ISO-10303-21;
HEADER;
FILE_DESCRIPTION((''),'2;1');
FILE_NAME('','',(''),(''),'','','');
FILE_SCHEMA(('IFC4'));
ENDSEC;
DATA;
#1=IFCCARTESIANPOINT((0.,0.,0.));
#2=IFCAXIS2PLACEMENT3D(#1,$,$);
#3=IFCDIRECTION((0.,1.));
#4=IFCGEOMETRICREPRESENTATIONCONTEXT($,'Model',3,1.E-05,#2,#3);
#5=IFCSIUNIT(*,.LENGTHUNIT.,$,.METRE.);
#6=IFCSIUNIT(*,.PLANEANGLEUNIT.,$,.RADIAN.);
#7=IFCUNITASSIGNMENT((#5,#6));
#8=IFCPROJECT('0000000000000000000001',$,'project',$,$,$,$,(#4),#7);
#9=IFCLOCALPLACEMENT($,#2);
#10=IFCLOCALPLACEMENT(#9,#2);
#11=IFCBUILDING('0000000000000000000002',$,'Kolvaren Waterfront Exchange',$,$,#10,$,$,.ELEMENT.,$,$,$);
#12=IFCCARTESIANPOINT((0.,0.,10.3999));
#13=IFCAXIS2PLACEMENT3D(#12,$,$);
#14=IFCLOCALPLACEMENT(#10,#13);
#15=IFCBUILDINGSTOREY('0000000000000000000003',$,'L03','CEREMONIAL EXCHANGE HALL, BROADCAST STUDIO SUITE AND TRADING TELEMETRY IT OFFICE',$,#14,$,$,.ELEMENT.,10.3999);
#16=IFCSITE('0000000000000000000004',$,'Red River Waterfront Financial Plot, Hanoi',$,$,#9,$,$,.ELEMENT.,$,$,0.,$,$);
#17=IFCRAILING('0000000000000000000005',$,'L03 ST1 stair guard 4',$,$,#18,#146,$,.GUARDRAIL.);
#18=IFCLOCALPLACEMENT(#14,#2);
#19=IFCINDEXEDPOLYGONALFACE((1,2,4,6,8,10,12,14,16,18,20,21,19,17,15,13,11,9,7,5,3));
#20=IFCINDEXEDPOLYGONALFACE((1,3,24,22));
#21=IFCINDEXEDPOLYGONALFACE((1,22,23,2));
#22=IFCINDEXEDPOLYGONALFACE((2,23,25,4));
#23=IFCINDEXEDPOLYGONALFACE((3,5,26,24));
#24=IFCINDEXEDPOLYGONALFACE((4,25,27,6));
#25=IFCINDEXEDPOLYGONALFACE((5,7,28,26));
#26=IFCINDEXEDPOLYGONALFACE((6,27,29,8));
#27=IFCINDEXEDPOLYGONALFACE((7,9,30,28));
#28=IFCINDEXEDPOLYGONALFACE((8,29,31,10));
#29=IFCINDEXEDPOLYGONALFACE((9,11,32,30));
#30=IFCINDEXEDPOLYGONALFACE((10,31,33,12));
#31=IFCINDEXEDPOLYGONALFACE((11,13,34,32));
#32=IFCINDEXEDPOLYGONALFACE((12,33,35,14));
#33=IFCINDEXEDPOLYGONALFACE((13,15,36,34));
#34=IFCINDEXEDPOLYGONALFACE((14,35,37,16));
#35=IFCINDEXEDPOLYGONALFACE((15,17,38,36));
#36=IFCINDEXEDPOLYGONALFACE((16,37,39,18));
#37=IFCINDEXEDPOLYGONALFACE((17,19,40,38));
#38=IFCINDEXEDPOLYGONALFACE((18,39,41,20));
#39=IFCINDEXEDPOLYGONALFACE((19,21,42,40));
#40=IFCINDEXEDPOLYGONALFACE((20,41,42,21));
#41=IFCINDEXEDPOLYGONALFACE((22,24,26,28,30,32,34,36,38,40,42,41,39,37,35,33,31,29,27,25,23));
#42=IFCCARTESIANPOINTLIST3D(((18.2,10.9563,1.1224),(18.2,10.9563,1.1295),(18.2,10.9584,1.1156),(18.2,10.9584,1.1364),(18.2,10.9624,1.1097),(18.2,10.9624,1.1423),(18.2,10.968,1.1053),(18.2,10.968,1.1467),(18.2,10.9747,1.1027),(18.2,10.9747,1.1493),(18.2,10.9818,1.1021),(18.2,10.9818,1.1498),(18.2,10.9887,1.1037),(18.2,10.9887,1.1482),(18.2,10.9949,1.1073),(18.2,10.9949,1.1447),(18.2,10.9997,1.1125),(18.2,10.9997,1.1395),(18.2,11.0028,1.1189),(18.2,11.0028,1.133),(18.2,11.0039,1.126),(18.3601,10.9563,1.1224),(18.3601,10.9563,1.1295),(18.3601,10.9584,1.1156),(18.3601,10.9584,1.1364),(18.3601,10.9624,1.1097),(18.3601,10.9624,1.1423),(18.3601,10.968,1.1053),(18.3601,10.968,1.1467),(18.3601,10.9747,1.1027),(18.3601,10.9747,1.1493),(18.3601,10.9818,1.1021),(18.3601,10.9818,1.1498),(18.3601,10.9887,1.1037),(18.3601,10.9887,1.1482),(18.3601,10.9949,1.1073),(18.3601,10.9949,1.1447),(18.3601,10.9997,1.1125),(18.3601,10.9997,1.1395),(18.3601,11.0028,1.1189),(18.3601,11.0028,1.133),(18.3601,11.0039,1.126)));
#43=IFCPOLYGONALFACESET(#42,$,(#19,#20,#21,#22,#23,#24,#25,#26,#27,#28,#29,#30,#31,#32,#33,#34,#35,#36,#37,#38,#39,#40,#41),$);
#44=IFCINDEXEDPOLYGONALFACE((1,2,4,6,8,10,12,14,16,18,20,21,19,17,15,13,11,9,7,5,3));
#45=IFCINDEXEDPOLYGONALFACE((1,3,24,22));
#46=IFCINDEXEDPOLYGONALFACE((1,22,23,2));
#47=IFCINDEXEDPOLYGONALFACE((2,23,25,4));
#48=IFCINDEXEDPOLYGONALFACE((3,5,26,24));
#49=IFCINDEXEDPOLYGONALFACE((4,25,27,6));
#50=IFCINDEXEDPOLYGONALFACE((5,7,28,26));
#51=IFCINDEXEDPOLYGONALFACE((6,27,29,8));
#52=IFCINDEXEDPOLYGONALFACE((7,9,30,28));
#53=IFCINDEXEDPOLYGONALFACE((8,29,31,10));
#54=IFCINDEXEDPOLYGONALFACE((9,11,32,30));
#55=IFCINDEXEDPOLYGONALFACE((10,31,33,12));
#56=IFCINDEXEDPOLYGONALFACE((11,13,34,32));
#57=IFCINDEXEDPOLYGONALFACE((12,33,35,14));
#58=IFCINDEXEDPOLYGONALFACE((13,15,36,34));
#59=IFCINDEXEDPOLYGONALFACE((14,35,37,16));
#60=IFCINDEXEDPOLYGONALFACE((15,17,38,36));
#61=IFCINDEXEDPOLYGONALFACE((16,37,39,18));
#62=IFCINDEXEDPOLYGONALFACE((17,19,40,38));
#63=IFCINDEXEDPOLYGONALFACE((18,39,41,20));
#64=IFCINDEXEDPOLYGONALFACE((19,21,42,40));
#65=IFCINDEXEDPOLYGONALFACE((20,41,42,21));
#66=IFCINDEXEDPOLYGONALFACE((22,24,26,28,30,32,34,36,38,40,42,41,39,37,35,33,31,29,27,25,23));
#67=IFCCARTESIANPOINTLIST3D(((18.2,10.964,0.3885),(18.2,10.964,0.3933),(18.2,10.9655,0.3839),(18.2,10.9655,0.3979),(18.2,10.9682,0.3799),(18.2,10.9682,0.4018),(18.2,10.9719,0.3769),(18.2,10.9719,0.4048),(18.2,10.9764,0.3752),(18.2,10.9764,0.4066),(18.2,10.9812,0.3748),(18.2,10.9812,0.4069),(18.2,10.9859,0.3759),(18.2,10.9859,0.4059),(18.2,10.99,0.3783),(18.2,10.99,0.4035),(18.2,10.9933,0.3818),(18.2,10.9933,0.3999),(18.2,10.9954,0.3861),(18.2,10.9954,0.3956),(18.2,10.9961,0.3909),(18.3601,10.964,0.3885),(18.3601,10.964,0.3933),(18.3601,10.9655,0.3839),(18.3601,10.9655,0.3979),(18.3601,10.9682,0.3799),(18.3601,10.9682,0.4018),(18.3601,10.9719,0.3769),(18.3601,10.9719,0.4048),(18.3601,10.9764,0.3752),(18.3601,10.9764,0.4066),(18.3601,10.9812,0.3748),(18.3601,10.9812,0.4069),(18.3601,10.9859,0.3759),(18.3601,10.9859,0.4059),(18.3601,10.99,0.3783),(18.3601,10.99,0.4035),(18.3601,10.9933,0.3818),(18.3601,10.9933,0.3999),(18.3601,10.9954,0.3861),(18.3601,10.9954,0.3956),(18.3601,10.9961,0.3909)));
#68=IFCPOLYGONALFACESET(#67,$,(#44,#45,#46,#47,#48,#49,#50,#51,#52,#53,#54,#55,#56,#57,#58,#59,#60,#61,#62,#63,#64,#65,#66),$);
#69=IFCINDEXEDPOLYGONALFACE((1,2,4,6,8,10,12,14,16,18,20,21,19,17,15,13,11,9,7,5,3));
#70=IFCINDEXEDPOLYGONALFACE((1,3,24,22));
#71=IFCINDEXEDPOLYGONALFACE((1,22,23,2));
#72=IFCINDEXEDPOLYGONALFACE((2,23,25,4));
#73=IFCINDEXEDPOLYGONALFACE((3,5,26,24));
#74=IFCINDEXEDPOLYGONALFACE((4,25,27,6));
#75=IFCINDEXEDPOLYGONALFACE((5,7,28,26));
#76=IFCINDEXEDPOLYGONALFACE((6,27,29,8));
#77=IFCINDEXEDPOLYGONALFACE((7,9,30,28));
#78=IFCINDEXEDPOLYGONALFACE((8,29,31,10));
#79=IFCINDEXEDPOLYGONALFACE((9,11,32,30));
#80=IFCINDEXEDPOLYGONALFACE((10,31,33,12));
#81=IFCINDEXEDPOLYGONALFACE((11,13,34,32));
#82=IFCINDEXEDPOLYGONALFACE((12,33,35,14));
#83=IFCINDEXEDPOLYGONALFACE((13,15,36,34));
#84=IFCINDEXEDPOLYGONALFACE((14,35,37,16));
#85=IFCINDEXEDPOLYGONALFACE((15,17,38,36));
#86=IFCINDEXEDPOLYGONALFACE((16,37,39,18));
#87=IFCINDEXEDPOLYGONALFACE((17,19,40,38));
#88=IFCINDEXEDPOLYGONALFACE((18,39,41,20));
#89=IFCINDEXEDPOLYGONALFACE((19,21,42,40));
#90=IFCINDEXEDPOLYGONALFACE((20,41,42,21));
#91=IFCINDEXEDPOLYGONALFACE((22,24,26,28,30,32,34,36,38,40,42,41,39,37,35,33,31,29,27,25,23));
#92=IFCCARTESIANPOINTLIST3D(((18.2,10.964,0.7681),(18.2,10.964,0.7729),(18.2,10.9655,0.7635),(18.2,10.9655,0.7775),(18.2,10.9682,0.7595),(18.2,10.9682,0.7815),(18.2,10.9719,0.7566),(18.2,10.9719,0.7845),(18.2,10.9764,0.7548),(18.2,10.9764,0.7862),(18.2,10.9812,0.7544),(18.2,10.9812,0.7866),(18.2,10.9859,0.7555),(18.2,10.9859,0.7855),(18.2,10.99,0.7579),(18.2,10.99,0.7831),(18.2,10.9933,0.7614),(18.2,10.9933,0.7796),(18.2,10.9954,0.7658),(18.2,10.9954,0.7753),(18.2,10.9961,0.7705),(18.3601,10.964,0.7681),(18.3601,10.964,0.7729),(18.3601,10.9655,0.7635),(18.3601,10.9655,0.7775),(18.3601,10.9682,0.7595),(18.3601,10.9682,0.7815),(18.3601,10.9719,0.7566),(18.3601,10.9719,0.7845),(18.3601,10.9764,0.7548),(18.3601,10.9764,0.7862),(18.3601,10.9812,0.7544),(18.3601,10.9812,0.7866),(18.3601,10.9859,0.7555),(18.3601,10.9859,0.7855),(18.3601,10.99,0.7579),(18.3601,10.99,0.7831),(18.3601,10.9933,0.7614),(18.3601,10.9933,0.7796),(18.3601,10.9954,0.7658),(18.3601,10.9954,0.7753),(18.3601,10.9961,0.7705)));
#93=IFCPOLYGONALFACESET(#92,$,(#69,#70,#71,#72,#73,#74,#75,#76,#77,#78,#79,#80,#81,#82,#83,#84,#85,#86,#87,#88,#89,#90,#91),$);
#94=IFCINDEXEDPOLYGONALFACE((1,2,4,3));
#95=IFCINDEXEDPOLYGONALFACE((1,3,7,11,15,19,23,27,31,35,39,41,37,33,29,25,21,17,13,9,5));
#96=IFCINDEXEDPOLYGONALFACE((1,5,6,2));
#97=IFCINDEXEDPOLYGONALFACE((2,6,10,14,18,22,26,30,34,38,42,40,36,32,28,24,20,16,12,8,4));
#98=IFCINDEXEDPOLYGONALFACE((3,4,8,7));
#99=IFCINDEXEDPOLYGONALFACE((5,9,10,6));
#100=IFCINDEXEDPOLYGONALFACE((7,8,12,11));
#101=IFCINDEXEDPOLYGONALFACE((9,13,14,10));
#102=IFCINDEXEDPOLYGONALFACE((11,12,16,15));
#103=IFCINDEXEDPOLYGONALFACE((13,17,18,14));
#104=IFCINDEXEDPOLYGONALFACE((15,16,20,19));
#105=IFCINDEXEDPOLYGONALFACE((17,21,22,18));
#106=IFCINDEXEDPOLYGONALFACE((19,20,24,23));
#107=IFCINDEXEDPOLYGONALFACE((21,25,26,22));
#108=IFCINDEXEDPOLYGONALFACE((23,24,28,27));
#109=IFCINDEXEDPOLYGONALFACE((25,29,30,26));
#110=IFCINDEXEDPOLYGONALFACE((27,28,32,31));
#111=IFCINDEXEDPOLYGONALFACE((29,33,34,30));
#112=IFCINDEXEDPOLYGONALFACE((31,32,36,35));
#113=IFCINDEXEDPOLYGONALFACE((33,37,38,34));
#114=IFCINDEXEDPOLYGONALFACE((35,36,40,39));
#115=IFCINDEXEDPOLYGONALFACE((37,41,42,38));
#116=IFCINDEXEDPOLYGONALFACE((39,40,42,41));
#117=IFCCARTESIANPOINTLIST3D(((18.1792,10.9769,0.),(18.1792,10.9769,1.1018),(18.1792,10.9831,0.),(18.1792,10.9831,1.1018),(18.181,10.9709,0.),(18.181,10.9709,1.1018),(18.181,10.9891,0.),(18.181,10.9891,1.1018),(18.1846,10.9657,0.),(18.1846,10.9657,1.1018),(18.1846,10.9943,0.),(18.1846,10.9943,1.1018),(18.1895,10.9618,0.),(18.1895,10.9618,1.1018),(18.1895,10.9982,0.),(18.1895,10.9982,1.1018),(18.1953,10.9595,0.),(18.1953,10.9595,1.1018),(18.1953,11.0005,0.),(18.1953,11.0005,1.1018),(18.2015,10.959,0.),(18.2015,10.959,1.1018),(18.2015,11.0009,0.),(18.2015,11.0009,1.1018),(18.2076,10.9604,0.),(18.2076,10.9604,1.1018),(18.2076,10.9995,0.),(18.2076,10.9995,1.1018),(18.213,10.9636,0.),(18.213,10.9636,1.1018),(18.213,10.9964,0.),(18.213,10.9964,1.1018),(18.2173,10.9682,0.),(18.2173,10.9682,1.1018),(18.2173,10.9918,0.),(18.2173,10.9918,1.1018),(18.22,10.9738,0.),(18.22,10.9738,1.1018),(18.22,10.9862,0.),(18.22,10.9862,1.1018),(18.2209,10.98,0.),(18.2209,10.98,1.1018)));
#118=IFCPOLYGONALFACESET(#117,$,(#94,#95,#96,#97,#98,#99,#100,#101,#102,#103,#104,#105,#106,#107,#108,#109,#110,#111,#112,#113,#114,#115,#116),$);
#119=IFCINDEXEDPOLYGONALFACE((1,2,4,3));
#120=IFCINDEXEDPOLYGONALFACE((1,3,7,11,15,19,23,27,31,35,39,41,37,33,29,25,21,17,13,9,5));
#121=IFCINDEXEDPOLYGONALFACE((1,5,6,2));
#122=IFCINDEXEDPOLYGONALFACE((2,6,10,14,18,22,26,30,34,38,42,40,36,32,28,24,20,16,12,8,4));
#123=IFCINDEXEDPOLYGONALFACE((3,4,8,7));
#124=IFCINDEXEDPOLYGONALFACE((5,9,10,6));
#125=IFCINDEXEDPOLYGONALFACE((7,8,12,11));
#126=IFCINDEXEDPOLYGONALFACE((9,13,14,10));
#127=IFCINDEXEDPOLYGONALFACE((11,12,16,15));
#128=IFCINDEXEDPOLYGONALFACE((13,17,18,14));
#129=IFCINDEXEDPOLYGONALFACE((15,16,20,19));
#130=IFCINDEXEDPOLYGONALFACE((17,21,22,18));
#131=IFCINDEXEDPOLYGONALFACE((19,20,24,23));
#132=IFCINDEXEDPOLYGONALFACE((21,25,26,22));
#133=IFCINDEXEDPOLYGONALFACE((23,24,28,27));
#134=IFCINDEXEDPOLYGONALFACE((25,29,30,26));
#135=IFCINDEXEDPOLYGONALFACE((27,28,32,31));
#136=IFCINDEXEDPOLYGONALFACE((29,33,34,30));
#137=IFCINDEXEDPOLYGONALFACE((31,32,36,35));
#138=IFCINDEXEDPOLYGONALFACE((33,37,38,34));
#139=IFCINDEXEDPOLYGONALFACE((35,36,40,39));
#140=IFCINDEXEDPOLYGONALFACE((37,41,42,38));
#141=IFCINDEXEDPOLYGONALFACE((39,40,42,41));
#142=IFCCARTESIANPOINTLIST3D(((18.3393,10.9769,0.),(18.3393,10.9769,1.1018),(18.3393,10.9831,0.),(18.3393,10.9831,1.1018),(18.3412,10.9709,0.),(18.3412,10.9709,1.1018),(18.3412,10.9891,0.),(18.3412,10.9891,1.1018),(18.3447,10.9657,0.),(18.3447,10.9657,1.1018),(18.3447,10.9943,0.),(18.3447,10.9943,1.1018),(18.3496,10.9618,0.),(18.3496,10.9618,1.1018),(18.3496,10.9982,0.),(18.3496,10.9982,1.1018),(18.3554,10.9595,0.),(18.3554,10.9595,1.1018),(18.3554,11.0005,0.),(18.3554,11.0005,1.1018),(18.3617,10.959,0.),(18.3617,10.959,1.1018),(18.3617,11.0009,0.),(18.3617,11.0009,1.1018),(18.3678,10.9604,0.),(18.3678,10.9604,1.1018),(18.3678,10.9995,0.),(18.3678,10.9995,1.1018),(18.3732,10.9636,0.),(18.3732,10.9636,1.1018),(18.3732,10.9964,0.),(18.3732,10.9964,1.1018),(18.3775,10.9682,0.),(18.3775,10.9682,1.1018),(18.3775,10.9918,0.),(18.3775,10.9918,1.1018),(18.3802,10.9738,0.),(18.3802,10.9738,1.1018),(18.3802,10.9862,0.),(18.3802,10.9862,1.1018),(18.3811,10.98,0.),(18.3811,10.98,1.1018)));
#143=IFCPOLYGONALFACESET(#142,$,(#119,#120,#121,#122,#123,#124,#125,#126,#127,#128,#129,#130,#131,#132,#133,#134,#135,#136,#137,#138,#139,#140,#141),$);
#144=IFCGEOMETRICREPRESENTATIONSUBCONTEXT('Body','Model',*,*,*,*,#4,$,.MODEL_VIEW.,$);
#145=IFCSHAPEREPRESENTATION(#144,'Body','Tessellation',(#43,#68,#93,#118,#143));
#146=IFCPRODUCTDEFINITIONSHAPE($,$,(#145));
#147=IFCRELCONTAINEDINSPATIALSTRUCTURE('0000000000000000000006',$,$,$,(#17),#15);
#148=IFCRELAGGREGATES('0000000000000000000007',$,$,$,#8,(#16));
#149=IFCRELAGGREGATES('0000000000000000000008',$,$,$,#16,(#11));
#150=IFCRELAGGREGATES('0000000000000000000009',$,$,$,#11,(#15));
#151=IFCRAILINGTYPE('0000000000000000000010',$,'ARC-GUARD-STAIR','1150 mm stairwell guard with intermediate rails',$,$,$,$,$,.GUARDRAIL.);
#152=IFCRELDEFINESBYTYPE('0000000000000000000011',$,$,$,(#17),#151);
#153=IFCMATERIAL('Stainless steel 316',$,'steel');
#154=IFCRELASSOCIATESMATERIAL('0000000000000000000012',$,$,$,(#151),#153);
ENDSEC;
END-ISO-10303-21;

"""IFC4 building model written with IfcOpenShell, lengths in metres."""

from ifc_helpers import new_model, si_unit, direction, frame, origin, origin_2d, place, context, subcontext, project, spatial, circle, extrude, material, type_object, element, save


model = new_model("IFC4")

# Units and contexts
model_context = context("Model", 3, precision=1e-05, world=origin(), true_north=direction((0.0, 1.0)))
body_context = subcontext(model_context, "Body", "Model", "MODEL_VIEW")
ifc_project = project(units=[si_unit("LENGTHUNIT", "METRE"), si_unit("PLANEANGLEUNIT", "RADIAN")], contexts=[model_context])

# Site, building, storey
site_placement = place(None, origin())
site = spatial("IfcSite", under=ifc_project, at=site_placement, Name="Red River Waterfront Financial Plot, Hanoi", CompositionType="ELEMENT", RefElevation=0.0)
building_placement = place(site_placement, origin())
building = spatial("IfcBuilding", under=site, at=building_placement, Name="Kolvaren Waterfront Exchange", CompositionType="ELEMENT")
storey_placement = place(building_placement, frame((0.0, 0.0, 10.3999)))
storey = spatial("IfcBuildingStorey", under=building, at=storey_placement, Name="L03", Description="CEREMONIAL EXCHANGE HALL, BROADCAST STUDIO SUITE AND TRADING TELEMETRY IT OFFICE", CompositionType="ELEMENT", Elevation=10.3999)

# Railing
ifc_material_1 = material(Name="Stainless steel 316", Category="steel")
railing_type_1 = type_object("IfcRailingType", Name="ARC-GUARD-STAIR", Description="1150 mm stairwell guard with intermediate rails", PredefinedType="GUARDRAIL", material=ifc_material_1)
railing_1_placement = place(storey_placement, frame((18.2, 10.98, 0.0)))
element("IfcRailing", 1, at=railing_1_placement, inside=storey, type_object=railing_type_1, Name="L03 ST1 stair guard 4", PredefinedType="GUARDRAIL", context=body_context, shape_type="SweptSolid", body=[
    extrude(circle(Radius=0.0239, at=origin_2d()), frame((0.0, 0.0, 1.126), z_axis=(1.0, 0.0, 0.0), x_axis=(0.0, 1.0, 0.0)), (0.0, 0.0, 1.0), 0.1602),
    extrude(circle(Radius=0.0161, at=origin_2d()), frame((0.0, 0.0, 0.3909), z_axis=(1.0, 0.0, 0.0), x_axis=(0.0, 1.0, 0.0)), (0.0, 0.0, 1.0), 0.1602),
    extrude(circle(Radius=0.0161, at=origin_2d()), frame((0.0, 0.0, 0.7705), z_axis=(1.0, 0.0, 0.0), x_axis=(0.0, 1.0, 0.0)), (0.0, 0.0, 1.0), 0.1602),
    extrude(circle(Radius=0.021, at=origin_2d()), origin(), (0.0, 0.0, 1.0), 1.1018),
    extrude(circle(Radius=0.021, at=origin_2d()), frame((0.1602, 0.0, 0.0)), (0.0, 0.0, 1.0), 1.1018),
])

save(model, "model.ifc")
